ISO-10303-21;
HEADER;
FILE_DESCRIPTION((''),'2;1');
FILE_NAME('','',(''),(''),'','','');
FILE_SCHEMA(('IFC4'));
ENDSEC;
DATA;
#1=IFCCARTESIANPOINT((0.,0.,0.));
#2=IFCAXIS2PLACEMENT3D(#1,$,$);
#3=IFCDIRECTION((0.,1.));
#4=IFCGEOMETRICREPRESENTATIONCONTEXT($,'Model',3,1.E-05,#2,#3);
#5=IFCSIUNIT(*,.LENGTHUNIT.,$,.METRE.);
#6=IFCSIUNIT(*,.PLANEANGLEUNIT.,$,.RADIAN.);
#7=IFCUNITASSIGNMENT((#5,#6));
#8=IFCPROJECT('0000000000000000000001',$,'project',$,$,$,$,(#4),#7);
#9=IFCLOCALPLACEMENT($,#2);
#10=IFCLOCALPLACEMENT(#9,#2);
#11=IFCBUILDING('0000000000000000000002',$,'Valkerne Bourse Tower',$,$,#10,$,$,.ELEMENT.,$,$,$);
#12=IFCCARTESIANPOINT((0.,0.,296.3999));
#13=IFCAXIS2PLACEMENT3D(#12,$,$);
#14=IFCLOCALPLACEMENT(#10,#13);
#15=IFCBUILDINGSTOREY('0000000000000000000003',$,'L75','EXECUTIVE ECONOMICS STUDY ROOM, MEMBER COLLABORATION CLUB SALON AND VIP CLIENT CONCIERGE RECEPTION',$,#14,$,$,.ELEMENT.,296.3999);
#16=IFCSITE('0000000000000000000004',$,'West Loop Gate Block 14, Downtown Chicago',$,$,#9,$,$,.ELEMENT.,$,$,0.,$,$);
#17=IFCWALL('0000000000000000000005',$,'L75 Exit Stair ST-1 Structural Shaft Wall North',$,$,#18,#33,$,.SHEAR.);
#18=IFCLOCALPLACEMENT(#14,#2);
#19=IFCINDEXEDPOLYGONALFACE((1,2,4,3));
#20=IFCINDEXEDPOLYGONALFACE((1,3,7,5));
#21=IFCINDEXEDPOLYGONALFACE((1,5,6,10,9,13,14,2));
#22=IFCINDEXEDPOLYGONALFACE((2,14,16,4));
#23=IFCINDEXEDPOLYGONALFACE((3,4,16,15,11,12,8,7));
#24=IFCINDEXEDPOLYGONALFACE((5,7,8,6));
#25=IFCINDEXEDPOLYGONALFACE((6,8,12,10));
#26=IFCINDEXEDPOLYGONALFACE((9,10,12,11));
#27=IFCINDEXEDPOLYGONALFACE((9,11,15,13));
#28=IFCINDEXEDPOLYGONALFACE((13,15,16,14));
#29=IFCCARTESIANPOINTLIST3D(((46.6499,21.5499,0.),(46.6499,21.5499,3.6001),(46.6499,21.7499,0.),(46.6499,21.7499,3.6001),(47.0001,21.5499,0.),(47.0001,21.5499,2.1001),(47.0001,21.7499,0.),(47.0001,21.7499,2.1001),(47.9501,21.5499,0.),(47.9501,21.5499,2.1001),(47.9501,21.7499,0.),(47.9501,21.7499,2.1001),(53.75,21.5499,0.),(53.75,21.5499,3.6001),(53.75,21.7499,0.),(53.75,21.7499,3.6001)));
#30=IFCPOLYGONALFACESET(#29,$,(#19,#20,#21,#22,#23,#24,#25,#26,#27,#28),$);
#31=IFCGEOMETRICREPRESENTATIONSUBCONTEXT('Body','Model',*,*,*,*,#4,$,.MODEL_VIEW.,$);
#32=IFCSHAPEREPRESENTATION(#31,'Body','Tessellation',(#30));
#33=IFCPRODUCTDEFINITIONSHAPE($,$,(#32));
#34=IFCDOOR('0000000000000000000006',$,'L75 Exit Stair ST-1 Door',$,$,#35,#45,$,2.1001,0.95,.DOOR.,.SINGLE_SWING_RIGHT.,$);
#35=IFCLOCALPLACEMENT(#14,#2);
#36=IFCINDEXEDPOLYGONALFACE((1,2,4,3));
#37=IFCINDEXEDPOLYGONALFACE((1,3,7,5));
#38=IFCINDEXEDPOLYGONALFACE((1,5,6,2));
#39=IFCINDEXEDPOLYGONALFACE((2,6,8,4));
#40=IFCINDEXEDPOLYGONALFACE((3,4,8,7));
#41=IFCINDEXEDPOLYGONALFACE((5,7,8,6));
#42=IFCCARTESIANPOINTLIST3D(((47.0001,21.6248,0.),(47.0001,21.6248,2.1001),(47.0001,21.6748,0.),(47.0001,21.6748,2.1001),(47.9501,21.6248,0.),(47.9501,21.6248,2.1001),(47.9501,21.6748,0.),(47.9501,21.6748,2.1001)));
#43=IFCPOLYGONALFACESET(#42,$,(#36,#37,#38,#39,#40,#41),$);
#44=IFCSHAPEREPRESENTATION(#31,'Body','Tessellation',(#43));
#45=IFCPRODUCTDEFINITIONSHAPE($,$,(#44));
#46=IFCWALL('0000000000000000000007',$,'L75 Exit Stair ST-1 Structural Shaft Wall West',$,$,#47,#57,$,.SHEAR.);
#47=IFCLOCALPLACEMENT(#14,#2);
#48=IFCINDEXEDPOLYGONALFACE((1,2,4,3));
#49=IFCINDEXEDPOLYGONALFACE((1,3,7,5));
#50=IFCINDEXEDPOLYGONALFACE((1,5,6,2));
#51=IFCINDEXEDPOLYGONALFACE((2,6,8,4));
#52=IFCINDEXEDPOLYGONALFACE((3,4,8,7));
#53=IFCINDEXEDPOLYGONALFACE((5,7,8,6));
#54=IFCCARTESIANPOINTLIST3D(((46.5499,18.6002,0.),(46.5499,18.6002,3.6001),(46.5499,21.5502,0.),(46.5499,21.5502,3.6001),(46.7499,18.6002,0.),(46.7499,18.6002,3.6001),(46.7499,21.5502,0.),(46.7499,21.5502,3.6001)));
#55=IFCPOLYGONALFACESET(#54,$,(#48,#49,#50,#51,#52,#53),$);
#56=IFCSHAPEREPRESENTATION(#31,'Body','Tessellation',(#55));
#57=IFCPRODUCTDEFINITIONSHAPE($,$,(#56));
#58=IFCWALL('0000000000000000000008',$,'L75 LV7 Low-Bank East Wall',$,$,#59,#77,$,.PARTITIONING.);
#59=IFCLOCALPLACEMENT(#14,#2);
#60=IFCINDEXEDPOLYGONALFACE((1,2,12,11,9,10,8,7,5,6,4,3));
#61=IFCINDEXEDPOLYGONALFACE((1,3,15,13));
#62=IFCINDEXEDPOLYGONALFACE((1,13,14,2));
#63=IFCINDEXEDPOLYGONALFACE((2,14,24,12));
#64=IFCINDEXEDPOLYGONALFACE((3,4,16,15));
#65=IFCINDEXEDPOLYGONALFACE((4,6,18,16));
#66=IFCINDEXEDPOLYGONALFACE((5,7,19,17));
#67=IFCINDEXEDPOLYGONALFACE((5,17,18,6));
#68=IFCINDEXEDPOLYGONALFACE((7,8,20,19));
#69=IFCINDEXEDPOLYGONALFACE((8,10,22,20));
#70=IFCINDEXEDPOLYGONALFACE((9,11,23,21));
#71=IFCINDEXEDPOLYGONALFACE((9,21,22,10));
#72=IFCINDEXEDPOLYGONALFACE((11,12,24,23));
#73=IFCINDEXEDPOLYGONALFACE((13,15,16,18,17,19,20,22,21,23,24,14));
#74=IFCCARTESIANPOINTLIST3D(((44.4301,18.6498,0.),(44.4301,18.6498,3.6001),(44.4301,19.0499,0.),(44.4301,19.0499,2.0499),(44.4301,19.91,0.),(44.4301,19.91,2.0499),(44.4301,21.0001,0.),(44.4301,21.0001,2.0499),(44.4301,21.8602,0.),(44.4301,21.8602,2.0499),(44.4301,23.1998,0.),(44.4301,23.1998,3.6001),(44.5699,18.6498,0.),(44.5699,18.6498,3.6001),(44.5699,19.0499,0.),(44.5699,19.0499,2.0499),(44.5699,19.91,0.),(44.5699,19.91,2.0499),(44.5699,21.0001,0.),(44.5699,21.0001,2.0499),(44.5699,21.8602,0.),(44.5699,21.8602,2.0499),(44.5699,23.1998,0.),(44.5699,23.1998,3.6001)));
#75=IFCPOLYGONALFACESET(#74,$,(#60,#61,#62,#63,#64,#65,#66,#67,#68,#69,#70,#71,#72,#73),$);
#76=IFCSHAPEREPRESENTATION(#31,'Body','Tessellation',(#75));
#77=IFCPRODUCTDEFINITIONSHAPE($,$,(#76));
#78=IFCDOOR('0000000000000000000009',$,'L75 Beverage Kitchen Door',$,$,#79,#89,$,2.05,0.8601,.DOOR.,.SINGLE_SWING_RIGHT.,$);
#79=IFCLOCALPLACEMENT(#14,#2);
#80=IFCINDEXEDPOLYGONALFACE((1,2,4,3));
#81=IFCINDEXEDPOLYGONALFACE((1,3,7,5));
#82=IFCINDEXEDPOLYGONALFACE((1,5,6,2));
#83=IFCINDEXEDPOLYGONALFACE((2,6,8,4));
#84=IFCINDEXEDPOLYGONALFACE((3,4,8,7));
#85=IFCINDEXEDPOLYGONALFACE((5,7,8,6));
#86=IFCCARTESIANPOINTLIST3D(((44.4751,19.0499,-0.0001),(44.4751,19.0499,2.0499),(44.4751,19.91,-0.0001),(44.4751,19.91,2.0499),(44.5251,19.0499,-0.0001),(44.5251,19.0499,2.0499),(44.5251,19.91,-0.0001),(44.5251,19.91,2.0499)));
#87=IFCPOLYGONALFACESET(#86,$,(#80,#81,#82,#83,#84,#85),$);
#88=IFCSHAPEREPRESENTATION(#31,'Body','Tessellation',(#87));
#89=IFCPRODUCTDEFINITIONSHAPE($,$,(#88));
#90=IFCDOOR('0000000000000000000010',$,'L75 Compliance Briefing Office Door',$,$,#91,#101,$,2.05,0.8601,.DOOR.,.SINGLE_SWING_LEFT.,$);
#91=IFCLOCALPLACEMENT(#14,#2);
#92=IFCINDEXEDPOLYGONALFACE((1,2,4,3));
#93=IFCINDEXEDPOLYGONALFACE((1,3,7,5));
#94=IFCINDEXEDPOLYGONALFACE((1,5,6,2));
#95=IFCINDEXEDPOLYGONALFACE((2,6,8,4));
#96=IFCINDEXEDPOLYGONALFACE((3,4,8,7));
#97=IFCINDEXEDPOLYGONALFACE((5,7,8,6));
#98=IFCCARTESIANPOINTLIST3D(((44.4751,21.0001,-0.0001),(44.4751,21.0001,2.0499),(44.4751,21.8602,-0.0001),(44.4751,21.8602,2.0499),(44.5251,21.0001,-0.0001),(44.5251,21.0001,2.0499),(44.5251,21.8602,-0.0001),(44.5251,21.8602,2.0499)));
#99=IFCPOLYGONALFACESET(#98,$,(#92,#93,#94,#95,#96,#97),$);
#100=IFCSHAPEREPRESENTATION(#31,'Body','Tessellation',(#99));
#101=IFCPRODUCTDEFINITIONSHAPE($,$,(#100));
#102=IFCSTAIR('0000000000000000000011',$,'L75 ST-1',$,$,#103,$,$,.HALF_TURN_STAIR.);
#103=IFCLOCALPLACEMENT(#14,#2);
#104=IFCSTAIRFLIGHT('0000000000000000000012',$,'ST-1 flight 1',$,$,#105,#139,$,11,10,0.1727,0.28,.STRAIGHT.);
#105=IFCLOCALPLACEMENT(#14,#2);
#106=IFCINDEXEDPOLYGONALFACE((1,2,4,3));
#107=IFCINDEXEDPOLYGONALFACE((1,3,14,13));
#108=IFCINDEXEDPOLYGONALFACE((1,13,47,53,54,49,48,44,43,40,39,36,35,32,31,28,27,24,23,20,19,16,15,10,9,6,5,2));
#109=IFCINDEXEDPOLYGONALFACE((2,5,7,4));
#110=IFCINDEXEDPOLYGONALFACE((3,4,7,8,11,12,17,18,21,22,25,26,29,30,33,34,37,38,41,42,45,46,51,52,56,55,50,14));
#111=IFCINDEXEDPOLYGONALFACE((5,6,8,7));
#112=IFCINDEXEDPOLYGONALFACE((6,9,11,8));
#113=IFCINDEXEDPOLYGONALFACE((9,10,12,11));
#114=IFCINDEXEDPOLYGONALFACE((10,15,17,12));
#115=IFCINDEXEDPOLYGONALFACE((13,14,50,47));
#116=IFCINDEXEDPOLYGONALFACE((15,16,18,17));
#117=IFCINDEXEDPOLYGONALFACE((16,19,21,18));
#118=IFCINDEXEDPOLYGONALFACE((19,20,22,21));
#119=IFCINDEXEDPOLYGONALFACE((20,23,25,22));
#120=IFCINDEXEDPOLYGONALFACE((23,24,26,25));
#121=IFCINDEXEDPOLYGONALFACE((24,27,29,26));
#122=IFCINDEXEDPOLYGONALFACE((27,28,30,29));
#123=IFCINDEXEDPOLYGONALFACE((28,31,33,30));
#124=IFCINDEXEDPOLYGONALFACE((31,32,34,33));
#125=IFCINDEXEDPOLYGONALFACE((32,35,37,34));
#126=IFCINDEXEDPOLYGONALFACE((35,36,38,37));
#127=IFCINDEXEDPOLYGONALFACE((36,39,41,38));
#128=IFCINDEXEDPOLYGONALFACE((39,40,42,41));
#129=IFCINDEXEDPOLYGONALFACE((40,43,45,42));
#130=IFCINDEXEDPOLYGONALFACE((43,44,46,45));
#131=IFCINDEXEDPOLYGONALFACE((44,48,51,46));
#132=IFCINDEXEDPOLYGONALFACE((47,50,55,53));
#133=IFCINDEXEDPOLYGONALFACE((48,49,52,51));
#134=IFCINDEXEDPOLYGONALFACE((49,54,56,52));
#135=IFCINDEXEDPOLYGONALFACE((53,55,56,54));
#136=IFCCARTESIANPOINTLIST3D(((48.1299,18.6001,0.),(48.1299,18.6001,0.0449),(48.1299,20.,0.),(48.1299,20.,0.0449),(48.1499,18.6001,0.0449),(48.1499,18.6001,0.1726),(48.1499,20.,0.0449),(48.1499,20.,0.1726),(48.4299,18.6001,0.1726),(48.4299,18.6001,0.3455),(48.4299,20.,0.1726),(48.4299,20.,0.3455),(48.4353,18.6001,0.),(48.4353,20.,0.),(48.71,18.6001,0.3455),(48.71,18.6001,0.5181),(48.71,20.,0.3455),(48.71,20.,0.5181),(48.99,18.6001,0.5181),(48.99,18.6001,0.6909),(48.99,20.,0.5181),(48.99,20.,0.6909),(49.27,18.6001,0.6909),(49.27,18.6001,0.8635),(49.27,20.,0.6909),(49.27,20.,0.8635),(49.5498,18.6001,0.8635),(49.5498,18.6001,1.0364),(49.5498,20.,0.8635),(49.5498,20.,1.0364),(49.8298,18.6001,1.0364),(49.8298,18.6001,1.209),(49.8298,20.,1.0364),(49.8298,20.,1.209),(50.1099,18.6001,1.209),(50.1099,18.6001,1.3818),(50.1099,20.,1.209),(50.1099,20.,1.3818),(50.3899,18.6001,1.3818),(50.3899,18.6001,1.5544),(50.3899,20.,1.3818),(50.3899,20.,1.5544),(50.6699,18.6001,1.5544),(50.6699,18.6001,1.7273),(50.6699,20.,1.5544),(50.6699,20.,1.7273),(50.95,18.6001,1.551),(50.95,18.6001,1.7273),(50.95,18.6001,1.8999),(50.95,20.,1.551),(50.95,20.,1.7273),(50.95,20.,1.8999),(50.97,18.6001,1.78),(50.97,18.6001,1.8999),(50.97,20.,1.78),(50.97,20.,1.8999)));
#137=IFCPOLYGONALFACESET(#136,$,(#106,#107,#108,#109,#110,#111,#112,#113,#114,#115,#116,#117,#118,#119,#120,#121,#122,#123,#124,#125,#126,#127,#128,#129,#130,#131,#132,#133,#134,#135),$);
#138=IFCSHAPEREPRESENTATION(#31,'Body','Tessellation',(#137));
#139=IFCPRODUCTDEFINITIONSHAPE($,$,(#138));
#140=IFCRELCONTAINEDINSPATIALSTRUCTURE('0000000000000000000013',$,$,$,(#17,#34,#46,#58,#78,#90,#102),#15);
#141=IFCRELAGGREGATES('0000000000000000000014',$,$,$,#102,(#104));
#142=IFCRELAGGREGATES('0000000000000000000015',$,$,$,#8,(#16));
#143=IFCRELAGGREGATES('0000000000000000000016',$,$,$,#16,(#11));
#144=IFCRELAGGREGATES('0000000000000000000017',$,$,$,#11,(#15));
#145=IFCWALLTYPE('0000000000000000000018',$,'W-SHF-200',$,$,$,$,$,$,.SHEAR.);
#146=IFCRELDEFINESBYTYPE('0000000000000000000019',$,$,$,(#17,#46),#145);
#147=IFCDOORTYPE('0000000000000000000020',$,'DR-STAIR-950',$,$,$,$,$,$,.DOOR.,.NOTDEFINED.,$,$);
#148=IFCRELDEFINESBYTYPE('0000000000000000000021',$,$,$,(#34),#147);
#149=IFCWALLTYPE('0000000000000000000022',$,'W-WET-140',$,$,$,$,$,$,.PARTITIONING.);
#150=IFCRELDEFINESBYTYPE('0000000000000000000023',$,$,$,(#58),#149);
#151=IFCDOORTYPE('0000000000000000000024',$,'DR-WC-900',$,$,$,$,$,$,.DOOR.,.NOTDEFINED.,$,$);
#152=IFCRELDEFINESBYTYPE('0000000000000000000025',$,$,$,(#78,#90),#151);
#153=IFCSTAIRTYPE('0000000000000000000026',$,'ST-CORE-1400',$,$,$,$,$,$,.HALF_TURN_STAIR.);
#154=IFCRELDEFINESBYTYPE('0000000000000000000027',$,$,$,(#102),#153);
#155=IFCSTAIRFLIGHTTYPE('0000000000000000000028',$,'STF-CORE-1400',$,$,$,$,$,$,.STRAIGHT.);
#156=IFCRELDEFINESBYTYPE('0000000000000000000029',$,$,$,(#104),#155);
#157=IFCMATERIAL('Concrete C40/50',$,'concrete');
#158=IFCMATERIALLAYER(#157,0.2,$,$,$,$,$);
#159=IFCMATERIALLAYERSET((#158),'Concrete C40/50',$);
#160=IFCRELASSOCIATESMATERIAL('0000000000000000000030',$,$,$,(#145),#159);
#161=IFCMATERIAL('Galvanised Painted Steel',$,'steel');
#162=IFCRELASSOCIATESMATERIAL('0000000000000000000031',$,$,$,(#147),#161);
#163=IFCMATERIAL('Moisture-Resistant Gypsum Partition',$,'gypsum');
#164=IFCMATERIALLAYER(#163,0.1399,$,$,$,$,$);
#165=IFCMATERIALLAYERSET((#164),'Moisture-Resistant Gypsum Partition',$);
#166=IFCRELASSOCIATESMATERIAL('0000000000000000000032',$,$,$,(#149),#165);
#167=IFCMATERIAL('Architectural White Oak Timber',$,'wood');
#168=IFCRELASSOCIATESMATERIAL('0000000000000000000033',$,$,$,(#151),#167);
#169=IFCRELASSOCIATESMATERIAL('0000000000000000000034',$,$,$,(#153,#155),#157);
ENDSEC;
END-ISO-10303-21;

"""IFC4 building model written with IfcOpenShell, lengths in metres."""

from ifc_helpers import new_model, si_unit, direction, frame, frame_2d, origin, place, context, subcontext, project, spatial, polyline, rectangle, outline, extrude, material, layer, layer_set, type_object, element, fill, aggregate, save


model = new_model("IFC4")

# Units and contexts
model_context = context("Model", 3, precision=1e-05, world=origin(), true_north=direction((0.0, 1.0)))
body_context = subcontext(model_context, "Body", "Model", "MODEL_VIEW")
ifc_project = project(units=[si_unit("LENGTHUNIT", "METRE"), si_unit("PLANEANGLEUNIT", "RADIAN")], contexts=[model_context])

# Site, building, storey
site_placement = place(None, origin())
site = spatial("IfcSite", under=ifc_project, at=site_placement, Name="West Loop Gate Block 14, Downtown Chicago", CompositionType="ELEMENT", RefElevation=0.0)
building_placement = place(site_placement, origin())
building = spatial("IfcBuilding", under=site, at=building_placement, Name="Valkerne Bourse Tower", CompositionType="ELEMENT")
storey_placement = place(building_placement, frame((0.0, 0.0, 296.3999)))
storey = spatial("IfcBuildingStorey", under=building, at=storey_placement, Name="L75", Description="EXECUTIVE ECONOMICS STUDY ROOM, MEMBER COLLABORATION CLUB SALON AND VIP CLIENT CONCIERGE RECEPTION", CompositionType="ELEMENT", Elevation=296.3999)

# Shared definitions
ifc_material_1 = material(Name="Galvanised Painted Steel", Category="steel")

# Wall, opening, door
ifc_material_2 = material(Name="Concrete C40/50", Category="concrete")
ifc_layer_1 = layer(ifc_material_2, 0.2)
ifc_layer_set_1 = layer_set([ifc_layer_1], Name="Concrete C40/50")
wall_type_1 = type_object("IfcWallType", Name="W-SHF-200", PredefinedType="SHEAR", material=ifc_layer_set_1)
wall_1_placement = place(storey_placement, frame((46.6499, 21.6499, 0.0), z_axis=(0.0, 0.0, 1.0), x_axis=(1.0, 0.0, 0.0)))
wall_1 = element("IfcWall", 1, at=wall_1_placement, inside=storey, type_object=wall_type_1, Name="L75 Exit Stair ST-1 Structural Shaft Wall North", PredefinedType="SHEAR", context=body_context, shape_type="SweptSolid", body=[
    extrude(rectangle(XDim=7.1001, YDim=0.2, at=frame_2d((3.55, 0.0))), origin(), (0.0, 0.0, 1.0), 3.6001),
])
opening_1_placement = place(wall_1_placement, frame((0.3501, 0.0, 0.0)))
opening_1 = element("IfcOpeningElement", 2, at=opening_1_placement, cuts=wall_1, PredefinedType="OPENING", context=body_context, shape_type="SweptSolid", body=[
    extrude(rectangle(XDim=0.95, YDim=2.1001, at=frame_2d((0.4751, 1.05))), frame((0.0, 0.1099, 0.0), z_axis=(0.0, -1.0, 0.0), x_axis=(1.0, 0.0, 0.0)), (0.0, 0.0, 1.0), 0.22),
])
door_type_1 = type_object("IfcDoorType", Name="DR-STAIR-950", OperationType="NOTDEFINED", PredefinedType="DOOR", material=ifc_material_1)
door_1_placement = place(opening_1_placement, origin())
door_1 = element("IfcDoor", 3, at=door_1_placement, inside=storey, type_object=door_type_1, Name="L75 Exit Stair ST-1 Door", OperationType="SINGLE_SWING_RIGHT", OverallHeight=2.1001, OverallWidth=0.95, PredefinedType="DOOR", context=body_context, shape_type="SweptSolid", body=[
    extrude(rectangle(XDim=0.95, YDim=2.1001, at=frame_2d((0.4751, 1.05))), frame((0.0, 0.0249, 0.0), z_axis=(0.0, -1.0, 0.0), x_axis=(1.0, 0.0, 0.0)), (0.0, 0.0, 1.0), 0.05),
])
fill(opening_1, door_1)

# Wall
wall_2_placement = place(storey_placement, frame((46.6499, 18.6001, 0.0), z_axis=(0.0, 0.0, 1.0), x_axis=(0.0, 1.0, 0.0)))
element("IfcWall", 4, at=wall_2_placement, inside=storey, type_object=wall_type_1, Name="L75 Exit Stair ST-1 Structural Shaft Wall West", PredefinedType="SHEAR", context=body_context, shape_type="SweptSolid", body=[
    extrude(rectangle(XDim=2.95, YDim=0.2, at=frame_2d((1.4751, 0.0))), origin(), (0.0, 0.0, 1.0), 3.6001),
])

# Wall, openings, doors
ifc_material_3 = material(Name="Moisture-Resistant Gypsum Partition", Category="gypsum")
ifc_layer_2 = layer(ifc_material_3, 0.1399)
ifc_layer_set_2 = layer_set([ifc_layer_2], Name="Moisture-Resistant Gypsum Partition")
wall_type_2 = type_object("IfcWallType", Name="W-WET-140", PredefinedType="PARTITIONING", material=ifc_layer_set_2)
wall_3_placement = place(storey_placement, frame((44.5, 18.6499, 0.0), z_axis=(0.0, 0.0, 1.0), x_axis=(0.0, 1.0, 0.0)))
wall_3 = element("IfcWall", 5, at=wall_3_placement, inside=storey, type_object=wall_type_2, Name="L75 LV7 Low-Bank East Wall", PredefinedType="PARTITIONING", context=body_context, shape_type="SweptSolid", body=[
    extrude(rectangle(XDim=4.55, YDim=0.1399, at=frame_2d((2.2749, 0.0))), origin(), (0.0, 0.0, 1.0), 3.6001),
])
opening_2_placement = place(wall_3_placement, frame((0.3999, 0.0, 0.0)))
opening_2 = element("IfcOpeningElement", 6, at=opening_2_placement, cuts=wall_3, PredefinedType="OPENING", context=body_context, shape_type="SweptSolid", body=[
    extrude(rectangle(XDim=0.8601, YDim=2.05, at=frame_2d((0.4302, 1.0249))), frame((0.0, 0.0798, 0.0), z_axis=(0.0, -1.0, 0.0), x_axis=(1.0, 0.0, 0.0)), (0.0, 0.0, 1.0), 0.1599),
])
opening_3_placement = place(wall_3_placement, frame((2.3501, 0.0, 0.0)))
opening_3 = element("IfcOpeningElement", 7, at=opening_3_placement, cuts=wall_3, PredefinedType="OPENING", context=body_context, shape_type="SweptSolid", body=[
    extrude(rectangle(XDim=0.8601, YDim=2.05, at=frame_2d((0.4302, 1.0249))), frame((0.0, 0.0798, 0.0), z_axis=(0.0, -1.0, 0.0), x_axis=(1.0, 0.0, 0.0)), (0.0, 0.0, 1.0), 0.1599),
])
ifc_material_4 = material(Name="Architectural White Oak Timber", Category="wood")
door_type_2 = type_object("IfcDoorType", Name="DR-WC-900", OperationType="NOTDEFINED", PredefinedType="DOOR", material=ifc_material_4)
door_2_placement = place(opening_2_placement, origin())
door_2 = element("IfcDoor", 8, at=door_2_placement, inside=storey, type_object=door_type_2, Name="L75 Beverage Kitchen Door", OperationType="SINGLE_SWING_RIGHT", OverallHeight=2.05, OverallWidth=0.8601, PredefinedType="DOOR", context=body_context, shape_type="SweptSolid", body=[
    extrude(rectangle(XDim=0.8601, YDim=2.05, at=frame_2d((0.4302, 1.0249))), frame((0.0, 0.0249, 0.0), z_axis=(0.0, -1.0, 0.0), x_axis=(1.0, 0.0, 0.0)), (0.0, 0.0, 1.0), 0.05),
])
fill(opening_2, door_2)
door_3_placement = place(opening_3_placement, origin())
door_3 = element("IfcDoor", 9, at=door_3_placement, inside=storey, type_object=door_type_2, Name="L75 Compliance Briefing Office Door", OperationType="SINGLE_SWING_LEFT", OverallHeight=2.05, OverallWidth=0.8601, PredefinedType="DOOR", context=body_context, shape_type="SweptSolid", body=[
    extrude(rectangle(XDim=0.8601, YDim=2.05, at=frame_2d((0.4302, 1.0249))), frame((0.0, 0.0249, 0.0), z_axis=(0.0, -1.0, 0.0), x_axis=(1.0, 0.0, 0.0)), (0.0, 0.0, 1.0), 0.05),
])
fill(opening_3, door_3)

# Stair, stair flight
stair_type = type_object("IfcStairType", Name="ST-CORE-1400", PredefinedType="HALF_TURN_STAIR", material=ifc_material_2)
stair_placement = place(storey_placement, origin())
stair = element("IfcStair", 10, at=stair_placement, inside=storey, type_object=stair_type, Name="L75 ST-1", PredefinedType="HALF_TURN_STAIR")
stair_flight_type = type_object("IfcStairFlightType", Name="STF-CORE-1400", PredefinedType="STRAIGHT", material=ifc_material_2)
stair_flight_1_placement = place(storey_placement, frame((48.1499, 19.3, 0.0), z_axis=(0.0, 0.0, 1.0), x_axis=(1.0, 0.0, 0.0)))
stair_flight_1 = element("IfcStairFlight", 11, at=stair_flight_1_placement, type_object=stair_flight_type, Name="ST-1 flight 1", NumberOfRisers=11, NumberOfTreads=10, PredefinedType="STRAIGHT", RiserHeight=0.1727, TreadLength=0.28, context=body_context, shape_type="SweptSolid", body=[
    extrude(outline(polyline([(-0.02, 0.0), (-0.02, 0.0449), (0.0, 0.0449), (0.0, 0.1726), (0.28, 0.1726), (0.28, 0.3455), (0.5601, 0.3455), (0.5601, 0.5181), (0.8401, 0.5181), (0.8401, 0.6909), (1.1201, 0.6909), (1.1201, 0.8635), (1.3999, 0.8635), (1.3999, 1.0364), (1.6799, 1.0364), (1.6799, 1.209), (1.96, 1.209), (1.96, 1.3818), (2.24, 1.3818), (2.24, 1.5544), (2.52, 1.5544), (2.52, 1.7273), (2.8, 1.7273), (2.8, 1.8999), (2.8201, 1.8999), (2.8201, 1.78), (2.8, 1.551), (0.2854, 0.0), (-0.02, 0.0)])), frame((0.0, 0.7, 0.0), z_axis=(0.0, -1.0, 0.0), x_axis=(1.0, 0.0, 0.0)), (0.0, 0.0, 1.0), 1.3999),
])
aggregate(stair, [stair_flight_1])

save(model, "model.ifc")
